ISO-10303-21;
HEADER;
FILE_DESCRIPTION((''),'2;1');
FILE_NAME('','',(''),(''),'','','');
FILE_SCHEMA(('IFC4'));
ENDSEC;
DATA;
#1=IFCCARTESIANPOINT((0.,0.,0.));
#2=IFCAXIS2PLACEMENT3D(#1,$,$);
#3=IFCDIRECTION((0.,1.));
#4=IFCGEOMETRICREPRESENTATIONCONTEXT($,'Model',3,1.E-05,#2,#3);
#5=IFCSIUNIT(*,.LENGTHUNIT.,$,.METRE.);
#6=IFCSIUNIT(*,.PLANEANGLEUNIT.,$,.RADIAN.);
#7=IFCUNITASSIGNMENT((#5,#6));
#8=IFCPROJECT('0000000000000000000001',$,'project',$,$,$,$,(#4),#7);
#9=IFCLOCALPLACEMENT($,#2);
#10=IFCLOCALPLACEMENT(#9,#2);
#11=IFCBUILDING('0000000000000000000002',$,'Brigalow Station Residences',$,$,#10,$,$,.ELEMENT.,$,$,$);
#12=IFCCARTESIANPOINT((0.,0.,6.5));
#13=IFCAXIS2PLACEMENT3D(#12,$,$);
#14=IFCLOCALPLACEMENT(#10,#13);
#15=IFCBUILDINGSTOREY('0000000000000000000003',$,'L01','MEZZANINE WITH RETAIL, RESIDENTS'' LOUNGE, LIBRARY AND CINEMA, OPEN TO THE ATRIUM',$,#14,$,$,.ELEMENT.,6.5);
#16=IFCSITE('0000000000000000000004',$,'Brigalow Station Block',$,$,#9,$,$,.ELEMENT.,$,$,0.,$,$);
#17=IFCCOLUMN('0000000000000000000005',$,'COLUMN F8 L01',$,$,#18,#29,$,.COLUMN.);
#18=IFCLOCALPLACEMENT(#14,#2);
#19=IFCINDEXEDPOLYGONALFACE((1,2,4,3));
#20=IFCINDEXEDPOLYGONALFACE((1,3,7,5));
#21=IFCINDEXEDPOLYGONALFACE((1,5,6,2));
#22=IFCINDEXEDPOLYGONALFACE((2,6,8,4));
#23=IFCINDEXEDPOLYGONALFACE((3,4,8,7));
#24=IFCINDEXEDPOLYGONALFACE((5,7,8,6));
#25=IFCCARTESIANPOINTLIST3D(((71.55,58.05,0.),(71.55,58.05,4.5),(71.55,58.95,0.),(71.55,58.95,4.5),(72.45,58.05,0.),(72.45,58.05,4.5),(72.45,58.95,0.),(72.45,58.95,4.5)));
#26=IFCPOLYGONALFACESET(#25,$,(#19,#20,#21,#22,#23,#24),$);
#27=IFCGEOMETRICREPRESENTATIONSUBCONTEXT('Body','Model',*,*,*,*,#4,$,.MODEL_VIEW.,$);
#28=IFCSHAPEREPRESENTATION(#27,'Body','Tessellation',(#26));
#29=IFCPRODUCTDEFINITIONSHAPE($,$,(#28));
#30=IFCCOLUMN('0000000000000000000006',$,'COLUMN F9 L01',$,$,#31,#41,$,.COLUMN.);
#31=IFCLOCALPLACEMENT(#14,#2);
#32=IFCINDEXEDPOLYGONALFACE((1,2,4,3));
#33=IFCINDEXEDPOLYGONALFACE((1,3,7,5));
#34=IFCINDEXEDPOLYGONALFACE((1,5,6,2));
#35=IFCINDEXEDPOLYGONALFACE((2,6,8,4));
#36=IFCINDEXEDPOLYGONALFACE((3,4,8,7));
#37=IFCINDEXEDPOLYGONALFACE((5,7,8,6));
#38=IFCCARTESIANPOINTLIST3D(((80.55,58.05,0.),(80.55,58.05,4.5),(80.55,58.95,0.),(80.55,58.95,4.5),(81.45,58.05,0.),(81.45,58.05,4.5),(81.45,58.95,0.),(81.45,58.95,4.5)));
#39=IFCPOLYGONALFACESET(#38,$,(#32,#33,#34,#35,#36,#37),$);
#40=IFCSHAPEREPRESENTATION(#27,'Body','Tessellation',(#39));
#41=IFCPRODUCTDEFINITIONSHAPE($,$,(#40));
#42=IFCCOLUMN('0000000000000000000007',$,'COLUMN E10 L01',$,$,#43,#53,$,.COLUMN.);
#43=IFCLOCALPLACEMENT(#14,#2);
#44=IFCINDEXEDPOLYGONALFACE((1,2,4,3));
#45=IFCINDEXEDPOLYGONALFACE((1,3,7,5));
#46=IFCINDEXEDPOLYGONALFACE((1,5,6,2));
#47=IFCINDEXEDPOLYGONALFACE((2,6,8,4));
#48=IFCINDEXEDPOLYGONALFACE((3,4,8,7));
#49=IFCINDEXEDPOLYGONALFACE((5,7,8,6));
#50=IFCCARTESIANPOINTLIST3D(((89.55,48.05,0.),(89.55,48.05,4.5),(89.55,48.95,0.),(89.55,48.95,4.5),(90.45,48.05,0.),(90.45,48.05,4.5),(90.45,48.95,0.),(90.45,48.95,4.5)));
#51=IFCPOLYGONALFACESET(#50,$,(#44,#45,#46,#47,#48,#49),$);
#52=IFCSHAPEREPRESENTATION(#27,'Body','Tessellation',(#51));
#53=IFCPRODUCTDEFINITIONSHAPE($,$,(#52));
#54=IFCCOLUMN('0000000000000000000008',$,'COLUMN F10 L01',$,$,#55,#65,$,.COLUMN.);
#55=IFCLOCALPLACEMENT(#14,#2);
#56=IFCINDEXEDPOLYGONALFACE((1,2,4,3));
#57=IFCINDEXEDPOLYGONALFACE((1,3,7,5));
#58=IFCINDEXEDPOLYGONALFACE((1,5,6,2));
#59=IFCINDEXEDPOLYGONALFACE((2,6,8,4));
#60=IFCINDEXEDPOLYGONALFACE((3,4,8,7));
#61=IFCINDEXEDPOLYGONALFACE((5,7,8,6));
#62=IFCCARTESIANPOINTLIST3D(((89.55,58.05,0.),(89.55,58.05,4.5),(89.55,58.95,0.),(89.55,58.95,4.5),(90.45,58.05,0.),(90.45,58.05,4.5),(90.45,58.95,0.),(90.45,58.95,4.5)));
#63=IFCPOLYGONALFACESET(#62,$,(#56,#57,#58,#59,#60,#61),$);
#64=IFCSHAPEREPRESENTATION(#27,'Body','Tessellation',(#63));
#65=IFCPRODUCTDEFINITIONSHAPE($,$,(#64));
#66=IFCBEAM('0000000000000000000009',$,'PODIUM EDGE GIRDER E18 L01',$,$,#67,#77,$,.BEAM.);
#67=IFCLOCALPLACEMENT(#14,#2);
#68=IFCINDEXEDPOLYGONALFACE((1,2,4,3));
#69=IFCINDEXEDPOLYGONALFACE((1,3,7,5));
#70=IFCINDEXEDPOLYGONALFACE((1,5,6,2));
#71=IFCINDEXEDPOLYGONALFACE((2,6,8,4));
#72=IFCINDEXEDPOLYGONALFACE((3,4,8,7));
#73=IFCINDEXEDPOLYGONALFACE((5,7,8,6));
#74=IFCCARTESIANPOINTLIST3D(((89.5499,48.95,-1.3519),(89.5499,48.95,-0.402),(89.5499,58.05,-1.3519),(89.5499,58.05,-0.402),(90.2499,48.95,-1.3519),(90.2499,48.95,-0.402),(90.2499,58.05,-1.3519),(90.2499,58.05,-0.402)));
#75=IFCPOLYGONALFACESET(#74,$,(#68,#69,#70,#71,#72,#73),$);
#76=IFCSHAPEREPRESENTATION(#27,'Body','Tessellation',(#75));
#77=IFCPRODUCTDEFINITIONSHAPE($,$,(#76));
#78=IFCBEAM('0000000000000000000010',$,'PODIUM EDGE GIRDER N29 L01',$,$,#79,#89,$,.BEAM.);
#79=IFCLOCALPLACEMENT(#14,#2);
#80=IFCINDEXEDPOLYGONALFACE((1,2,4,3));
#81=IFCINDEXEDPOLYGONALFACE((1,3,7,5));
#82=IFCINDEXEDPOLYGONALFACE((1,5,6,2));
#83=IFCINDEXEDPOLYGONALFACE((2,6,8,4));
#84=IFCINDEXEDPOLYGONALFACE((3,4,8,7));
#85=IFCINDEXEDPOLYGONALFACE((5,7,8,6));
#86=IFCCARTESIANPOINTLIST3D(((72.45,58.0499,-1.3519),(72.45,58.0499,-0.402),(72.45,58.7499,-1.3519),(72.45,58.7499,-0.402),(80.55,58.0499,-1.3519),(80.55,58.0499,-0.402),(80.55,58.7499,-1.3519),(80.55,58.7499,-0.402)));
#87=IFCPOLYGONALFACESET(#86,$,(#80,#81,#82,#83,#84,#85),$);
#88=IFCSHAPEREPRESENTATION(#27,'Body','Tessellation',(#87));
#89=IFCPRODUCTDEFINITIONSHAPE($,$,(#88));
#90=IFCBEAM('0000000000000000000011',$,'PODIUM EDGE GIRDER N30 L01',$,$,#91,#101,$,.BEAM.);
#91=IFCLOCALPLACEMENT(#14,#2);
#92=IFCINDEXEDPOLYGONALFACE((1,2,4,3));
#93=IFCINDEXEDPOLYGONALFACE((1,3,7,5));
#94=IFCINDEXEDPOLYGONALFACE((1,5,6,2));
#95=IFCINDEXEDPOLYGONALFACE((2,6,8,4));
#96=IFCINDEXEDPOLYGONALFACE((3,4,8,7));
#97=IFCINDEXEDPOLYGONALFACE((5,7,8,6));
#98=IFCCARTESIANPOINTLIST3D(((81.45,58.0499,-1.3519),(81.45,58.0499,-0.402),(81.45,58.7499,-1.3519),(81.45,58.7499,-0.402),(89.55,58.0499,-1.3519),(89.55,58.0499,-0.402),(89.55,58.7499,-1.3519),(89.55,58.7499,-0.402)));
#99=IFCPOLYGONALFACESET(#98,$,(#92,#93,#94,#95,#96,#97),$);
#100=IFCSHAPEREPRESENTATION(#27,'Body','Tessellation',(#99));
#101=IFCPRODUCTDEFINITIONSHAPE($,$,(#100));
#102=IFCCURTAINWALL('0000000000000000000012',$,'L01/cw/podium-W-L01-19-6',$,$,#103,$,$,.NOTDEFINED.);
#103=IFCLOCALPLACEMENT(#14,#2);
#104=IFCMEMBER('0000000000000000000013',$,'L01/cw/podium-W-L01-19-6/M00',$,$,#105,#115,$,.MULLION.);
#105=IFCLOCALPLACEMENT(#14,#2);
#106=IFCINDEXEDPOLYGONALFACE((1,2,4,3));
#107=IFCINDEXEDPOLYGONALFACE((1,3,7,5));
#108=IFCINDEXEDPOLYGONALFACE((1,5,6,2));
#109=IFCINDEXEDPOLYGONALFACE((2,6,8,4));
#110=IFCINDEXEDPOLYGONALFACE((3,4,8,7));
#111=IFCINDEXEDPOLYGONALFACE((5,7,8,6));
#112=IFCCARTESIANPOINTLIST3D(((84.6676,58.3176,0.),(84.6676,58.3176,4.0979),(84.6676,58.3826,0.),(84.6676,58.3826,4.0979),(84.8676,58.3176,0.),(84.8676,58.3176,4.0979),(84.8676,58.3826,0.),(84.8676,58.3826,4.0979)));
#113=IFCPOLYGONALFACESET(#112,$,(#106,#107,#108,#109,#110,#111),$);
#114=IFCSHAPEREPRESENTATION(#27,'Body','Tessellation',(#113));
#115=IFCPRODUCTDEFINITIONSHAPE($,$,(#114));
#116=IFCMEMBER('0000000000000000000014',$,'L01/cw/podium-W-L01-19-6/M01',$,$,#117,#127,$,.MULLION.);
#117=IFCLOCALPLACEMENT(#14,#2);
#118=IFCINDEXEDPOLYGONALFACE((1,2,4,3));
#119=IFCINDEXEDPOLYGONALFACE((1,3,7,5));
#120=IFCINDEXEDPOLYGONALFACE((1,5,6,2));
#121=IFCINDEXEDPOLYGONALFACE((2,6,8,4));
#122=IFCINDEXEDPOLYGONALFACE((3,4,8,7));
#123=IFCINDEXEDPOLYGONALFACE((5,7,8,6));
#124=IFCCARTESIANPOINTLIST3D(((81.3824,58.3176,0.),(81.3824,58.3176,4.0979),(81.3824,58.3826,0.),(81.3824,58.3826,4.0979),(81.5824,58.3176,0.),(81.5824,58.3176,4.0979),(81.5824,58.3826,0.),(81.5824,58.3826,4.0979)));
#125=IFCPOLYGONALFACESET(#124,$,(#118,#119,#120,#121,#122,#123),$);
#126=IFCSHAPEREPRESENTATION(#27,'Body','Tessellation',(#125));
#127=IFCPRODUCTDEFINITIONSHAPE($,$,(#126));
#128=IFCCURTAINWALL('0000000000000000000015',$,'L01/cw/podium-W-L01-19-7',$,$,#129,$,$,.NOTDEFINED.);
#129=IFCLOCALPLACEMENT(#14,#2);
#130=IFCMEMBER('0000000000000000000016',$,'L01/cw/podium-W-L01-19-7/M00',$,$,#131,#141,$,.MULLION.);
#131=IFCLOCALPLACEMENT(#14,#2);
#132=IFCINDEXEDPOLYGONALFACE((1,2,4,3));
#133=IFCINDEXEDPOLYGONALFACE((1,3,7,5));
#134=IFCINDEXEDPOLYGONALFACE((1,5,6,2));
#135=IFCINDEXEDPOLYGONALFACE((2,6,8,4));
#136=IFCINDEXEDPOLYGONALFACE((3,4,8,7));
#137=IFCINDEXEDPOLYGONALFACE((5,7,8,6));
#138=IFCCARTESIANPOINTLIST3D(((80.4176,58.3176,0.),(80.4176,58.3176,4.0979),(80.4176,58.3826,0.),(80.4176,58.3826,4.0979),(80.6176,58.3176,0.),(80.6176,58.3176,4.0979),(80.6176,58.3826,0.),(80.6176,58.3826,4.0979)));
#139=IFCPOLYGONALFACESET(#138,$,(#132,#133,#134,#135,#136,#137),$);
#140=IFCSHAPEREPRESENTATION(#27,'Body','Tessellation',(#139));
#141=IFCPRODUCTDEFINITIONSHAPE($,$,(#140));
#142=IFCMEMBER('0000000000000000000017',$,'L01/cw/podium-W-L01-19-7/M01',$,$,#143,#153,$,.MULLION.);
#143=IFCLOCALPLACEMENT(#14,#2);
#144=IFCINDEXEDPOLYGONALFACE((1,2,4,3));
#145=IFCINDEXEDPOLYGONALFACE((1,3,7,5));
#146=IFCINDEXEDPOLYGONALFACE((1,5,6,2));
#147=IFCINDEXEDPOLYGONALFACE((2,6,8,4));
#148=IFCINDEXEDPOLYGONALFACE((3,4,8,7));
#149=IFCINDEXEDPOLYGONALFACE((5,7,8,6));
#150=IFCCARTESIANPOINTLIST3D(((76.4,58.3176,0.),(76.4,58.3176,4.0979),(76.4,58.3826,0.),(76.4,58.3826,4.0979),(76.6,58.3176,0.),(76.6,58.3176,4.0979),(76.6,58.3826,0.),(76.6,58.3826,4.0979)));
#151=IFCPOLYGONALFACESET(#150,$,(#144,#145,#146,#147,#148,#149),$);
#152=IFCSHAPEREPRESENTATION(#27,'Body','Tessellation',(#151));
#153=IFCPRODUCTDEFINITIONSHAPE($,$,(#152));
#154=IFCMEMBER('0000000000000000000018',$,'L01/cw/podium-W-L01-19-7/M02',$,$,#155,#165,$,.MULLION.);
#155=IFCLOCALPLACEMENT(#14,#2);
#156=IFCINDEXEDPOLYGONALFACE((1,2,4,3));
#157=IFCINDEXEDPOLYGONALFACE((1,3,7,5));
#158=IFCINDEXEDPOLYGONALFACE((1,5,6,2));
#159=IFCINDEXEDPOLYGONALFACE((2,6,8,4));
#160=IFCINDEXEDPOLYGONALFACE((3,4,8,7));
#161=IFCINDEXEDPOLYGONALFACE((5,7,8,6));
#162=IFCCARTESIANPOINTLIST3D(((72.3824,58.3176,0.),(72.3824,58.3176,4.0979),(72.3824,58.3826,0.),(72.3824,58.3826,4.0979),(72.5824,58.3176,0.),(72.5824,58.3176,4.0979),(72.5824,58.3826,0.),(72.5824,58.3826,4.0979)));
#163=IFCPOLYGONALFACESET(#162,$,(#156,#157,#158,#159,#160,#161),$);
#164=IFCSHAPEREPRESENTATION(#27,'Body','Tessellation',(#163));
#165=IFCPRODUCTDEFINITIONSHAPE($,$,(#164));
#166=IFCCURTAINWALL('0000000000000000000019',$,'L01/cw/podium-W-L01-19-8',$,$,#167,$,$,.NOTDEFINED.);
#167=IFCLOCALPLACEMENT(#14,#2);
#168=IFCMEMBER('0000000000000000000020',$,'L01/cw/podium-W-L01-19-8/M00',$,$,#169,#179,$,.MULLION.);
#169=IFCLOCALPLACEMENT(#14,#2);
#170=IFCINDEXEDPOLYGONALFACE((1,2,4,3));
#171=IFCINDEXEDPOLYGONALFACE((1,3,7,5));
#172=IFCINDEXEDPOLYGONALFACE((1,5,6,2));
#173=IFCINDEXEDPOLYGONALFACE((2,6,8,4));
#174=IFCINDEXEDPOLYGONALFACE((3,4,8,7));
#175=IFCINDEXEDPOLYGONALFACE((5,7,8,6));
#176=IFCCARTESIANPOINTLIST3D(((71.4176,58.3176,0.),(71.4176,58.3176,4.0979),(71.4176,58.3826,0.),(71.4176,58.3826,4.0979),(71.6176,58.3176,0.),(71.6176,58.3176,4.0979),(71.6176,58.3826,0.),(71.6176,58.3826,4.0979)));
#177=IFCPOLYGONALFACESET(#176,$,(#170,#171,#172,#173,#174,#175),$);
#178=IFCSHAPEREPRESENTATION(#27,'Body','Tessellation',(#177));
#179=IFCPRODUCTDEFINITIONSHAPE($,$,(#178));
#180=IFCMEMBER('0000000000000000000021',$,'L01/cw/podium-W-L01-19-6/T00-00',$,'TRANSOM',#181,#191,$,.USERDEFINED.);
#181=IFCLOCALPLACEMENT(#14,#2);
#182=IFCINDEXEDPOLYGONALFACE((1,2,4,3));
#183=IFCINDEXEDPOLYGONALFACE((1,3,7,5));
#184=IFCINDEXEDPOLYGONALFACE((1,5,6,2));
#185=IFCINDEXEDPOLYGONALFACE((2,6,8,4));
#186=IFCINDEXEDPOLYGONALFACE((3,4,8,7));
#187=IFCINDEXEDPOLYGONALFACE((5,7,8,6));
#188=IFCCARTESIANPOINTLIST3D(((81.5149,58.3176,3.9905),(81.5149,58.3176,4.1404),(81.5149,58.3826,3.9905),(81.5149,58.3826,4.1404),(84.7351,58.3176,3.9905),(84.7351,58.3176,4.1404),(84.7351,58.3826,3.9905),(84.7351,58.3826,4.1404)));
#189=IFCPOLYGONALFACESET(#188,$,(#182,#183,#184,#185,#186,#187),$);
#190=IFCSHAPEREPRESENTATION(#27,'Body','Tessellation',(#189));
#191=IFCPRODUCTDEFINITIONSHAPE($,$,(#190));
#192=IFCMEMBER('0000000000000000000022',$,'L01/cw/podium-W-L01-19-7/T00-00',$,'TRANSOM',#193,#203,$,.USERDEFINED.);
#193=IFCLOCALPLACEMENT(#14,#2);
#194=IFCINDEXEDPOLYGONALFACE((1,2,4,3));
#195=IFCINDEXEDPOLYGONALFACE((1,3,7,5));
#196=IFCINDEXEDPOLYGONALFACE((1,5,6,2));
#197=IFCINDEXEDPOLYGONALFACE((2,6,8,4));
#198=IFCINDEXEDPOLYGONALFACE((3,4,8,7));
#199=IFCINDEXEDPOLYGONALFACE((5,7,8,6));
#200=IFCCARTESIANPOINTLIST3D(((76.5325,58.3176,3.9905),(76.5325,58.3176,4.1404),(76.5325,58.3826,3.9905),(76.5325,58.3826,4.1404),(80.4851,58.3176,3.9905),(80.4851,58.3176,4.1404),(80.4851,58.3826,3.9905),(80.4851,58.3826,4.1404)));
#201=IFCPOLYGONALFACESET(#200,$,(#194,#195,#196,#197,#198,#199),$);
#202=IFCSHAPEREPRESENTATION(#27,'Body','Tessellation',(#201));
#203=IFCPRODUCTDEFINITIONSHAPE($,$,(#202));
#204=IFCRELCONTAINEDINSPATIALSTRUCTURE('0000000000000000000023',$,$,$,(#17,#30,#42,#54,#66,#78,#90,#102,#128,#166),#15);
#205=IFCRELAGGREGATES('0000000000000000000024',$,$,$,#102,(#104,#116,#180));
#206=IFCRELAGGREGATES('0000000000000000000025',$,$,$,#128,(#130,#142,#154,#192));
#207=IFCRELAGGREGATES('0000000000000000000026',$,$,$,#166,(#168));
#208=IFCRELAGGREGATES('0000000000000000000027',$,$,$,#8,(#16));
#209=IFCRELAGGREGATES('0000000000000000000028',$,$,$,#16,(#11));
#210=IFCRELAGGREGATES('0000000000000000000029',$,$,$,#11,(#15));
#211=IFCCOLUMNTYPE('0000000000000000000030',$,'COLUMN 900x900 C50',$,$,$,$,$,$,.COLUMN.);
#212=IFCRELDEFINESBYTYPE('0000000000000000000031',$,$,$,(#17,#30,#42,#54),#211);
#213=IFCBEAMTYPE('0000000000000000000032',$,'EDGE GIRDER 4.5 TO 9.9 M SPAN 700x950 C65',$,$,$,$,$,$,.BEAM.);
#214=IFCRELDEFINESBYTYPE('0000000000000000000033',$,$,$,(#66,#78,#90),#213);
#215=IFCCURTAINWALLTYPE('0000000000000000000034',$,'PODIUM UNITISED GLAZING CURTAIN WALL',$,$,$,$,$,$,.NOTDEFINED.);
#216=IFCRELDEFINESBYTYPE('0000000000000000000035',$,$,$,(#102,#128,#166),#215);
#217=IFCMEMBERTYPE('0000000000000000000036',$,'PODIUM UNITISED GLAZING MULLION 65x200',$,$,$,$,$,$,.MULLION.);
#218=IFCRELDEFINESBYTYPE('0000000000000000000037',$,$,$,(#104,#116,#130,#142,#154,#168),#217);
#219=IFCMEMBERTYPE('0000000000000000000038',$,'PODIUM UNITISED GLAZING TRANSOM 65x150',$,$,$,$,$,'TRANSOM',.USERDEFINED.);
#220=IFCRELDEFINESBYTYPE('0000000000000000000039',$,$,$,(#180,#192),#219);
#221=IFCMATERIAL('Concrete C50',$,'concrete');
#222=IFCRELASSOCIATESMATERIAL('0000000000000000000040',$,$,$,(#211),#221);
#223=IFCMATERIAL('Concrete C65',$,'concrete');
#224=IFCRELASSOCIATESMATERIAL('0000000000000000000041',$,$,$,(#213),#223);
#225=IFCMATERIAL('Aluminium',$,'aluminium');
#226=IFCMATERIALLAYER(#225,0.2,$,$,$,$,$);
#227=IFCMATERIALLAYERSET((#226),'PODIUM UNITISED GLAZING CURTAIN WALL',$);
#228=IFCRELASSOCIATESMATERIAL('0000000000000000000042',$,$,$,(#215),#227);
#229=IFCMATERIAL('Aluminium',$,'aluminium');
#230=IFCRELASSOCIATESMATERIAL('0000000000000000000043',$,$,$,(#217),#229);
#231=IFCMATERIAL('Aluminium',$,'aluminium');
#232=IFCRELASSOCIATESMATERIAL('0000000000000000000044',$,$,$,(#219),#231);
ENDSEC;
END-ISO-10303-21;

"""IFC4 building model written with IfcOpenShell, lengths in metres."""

from ifc_helpers import new_model, si_unit, direction, frame, origin, origin_2d, place, context, subcontext, project, spatial, rectangle, extrude, material, layer, layer_set, material_profile, profile_set, type_object, element, aggregate, save


model = new_model("IFC4")

# Units and contexts
model_context = context("Model", 3, precision=1e-05, world=origin(), true_north=direction((0.0, 1.0)))
body_context = subcontext(model_context, "Body", "Model", "MODEL_VIEW")
ifc_project = project(units=[si_unit("LENGTHUNIT", "METRE"), si_unit("PLANEANGLEUNIT", "RADIAN")], contexts=[model_context])

# Site, building, storey
site_placement = place(None, origin())
site = spatial("IfcSite", under=ifc_project, at=site_placement, Name="Brigalow Station Block", CompositionType="ELEMENT", RefElevation=0.0)
building_placement = place(site_placement, origin())
building = spatial("IfcBuilding", under=site, at=building_placement, Name="Brigalow Station Residences", CompositionType="ELEMENT")
storey_placement = place(building_placement, frame((0.0, 0.0, 6.5)))
storey = spatial("IfcBuildingStorey", under=building, at=storey_placement, Name="L01", Description="MEZZANINE WITH RETAIL, RESIDENTS' LOUNGE, LIBRARY AND CINEMA, OPEN TO THE ATRIUM", CompositionType="ELEMENT", Elevation=6.5)

# Columns
ifc_material_1 = material(Name="Concrete C50", Category="concrete")
ifc_material_profile_1 = material_profile(ifc_material_1, rectangle(XDim=0.8999, YDim=0.8999, at=origin_2d()), Name="RC900x900")
ifc_profile_set_1 = profile_set([ifc_material_profile_1], Name="Concrete C50")
column_type = type_object("IfcColumnType", Name="COLUMN 900x900 C50", PredefinedType="COLUMN", material=ifc_profile_set_1)
for number, where, z_axis, x_axis, name in (
    (1, (72.0, 58.5, 0.0), (0.0, 0.0, 1.0), (1.0, 0.0, 0.0), "COLUMN F8 L01"),
    (2, (81.0, 58.5, 0.0), (0.0, 0.0, 1.0), (1.0, 0.0, 0.0), "COLUMN F9 L01"),
    (3, (90.0, 48.5, 0.0), (0.0, 0.0, 1.0), (1.0, 0.0, 0.0), "COLUMN E10 L01"),
    (4, (90.0, 58.5, 0.0), (0.0, 0.0, 1.0), (1.0, 0.0, 0.0), "COLUMN F10 L01"),
):
    element("IfcColumn", number, at=place(storey_placement, frame(where, z_axis=z_axis, x_axis=x_axis)), inside=storey, type_object=column_type, Name=name, PredefinedType="COLUMN", context=body_context, shape_type="SweptSolid", body=[
        extrude(rectangle(XDim=0.8999, YDim=0.8999, at=origin_2d()), origin(), (0.0, 0.0, 1.0), 4.5),
    ])

# Beams
ifc_material_2 = material(Name="Concrete C65", Category="concrete")
ifc_material_profile_2 = material_profile(ifc_material_2, rectangle(XDim=0.7, YDim=0.95, at=origin_2d()), Name="RC700x950")
ifc_profile_set_2 = profile_set([ifc_material_profile_2], Name="Concrete C65")
beam_type = type_object("IfcBeamType", Name="EDGE GIRDER 4.5 TO 9.9 M SPAN 700x950 C65", PredefinedType="BEAM", material=ifc_profile_set_2)
beam_placement = place(storey_placement, frame((89.8999, 48.95, -0.877), z_axis=(0.0, 1.0, 0.0), x_axis=(-1.0, 0.0, 0.0)))
element("IfcBeam", 5, at=beam_placement, inside=storey, type_object=beam_type, Name="PODIUM EDGE GIRDER E18 L01", PredefinedType="BEAM", context=body_context, shape_type="SweptSolid", body=[
    extrude(rectangle(XDim=0.7, YDim=0.95, at=origin_2d()), origin(), (0.0, 0.0, 1.0), 9.1001),
])
for number, where, z_axis, x_axis, name in (
    (6, (72.45, 58.3999, -0.877), (1.0, 0.0, 0.0), (0.0, 1.0, 0.0), "PODIUM EDGE GIRDER N29 L01"),
    (7, (81.45, 58.3999, -0.877), (1.0, 0.0, 0.0), (0.0, 1.0, 0.0), "PODIUM EDGE GIRDER N30 L01"),
):
    element("IfcBeam", number, at=place(storey_placement, frame(where, z_axis=z_axis, x_axis=x_axis)), inside=storey, type_object=beam_type, Name=name, PredefinedType="BEAM", context=body_context, shape_type="SweptSolid", body=[
        extrude(rectangle(XDim=0.7, YDim=0.95, at=origin_2d()), origin(), (0.0, 0.0, 1.0), 8.1001),
    ])

# Curtain walls, members
ifc_material_3 = material(Name="Aluminium", Category="aluminium")
ifc_layer_1 = layer(ifc_material_3, 0.2)
ifc_layer_set_1 = layer_set([ifc_layer_1], Name="PODIUM UNITISED GLAZING CURTAIN WALL")
curtain_wall_type = type_object("IfcCurtainWallType", Name="PODIUM UNITISED GLAZING CURTAIN WALL", PredefinedType="NOTDEFINED", material=ifc_layer_set_1)
curtain_wall_1_placement = place(storey_placement, origin())
curtain_wall_1 = element("IfcCurtainWall", 8, at=curtain_wall_1_placement, inside=storey, type_object=curtain_wall_type, Name="L01/cw/podium-W-L01-19-6", PredefinedType="NOTDEFINED")
ifc_material_4 = material(Name="Aluminium", Category="aluminium")
ifc_material_profile_3 = material_profile(ifc_material_4, rectangle(XDim=0.0649, YDim=0.2, at=origin_2d()), Name="PODIUM UNITISED GLAZING MULLION 65x200")
ifc_profile_set_3 = profile_set([ifc_material_profile_3], Name="Aluminium")
member_type_1 = type_object("IfcMemberType", Name="PODIUM UNITISED GLAZING MULLION 65x200", PredefinedType="MULLION", material=ifc_profile_set_3)
member_1_placement = place(storey_placement, frame((84.7676, 58.3501, 0.0), z_axis=(0.0, 0.0, 1.0), x_axis=(0.0, -1.0, 0.0)))
member_1 = element("IfcMember", 9, at=member_1_placement, type_object=member_type_1, Name="L01/cw/podium-W-L01-19-6/M00", PredefinedType="MULLION", context=body_context, shape_type="SweptSolid", body=[
    extrude(rectangle(XDim=0.0649, YDim=0.2, at=origin_2d()), origin(), (0.0, 0.0, 1.0), 4.0979),
])
member_2_placement = place(storey_placement, frame((81.4824, 58.3501, 0.0), z_axis=(0.0, 0.0, 1.0), x_axis=(0.0, -1.0, 0.0)))
member_2 = element("IfcMember", 10, at=member_2_placement, type_object=member_type_1, Name="L01/cw/podium-W-L01-19-6/M01", PredefinedType="MULLION", context=body_context, shape_type="SweptSolid", body=[
    extrude(rectangle(XDim=0.0649, YDim=0.2, at=origin_2d()), origin(), (0.0, 0.0, 1.0), 4.0979),
])
curtain_wall_2_placement = place(storey_placement, origin())
curtain_wall_2 = element("IfcCurtainWall", 11, at=curtain_wall_2_placement, inside=storey, type_object=curtain_wall_type, Name="L01/cw/podium-W-L01-19-7", PredefinedType="NOTDEFINED")
member_3_placement = place(storey_placement, frame((80.5176, 58.3501, 0.0), z_axis=(0.0, 0.0, 1.0), x_axis=(0.0, -1.0, 0.0)))
member_3 = element("IfcMember", 12, at=member_3_placement, type_object=member_type_1, Name="L01/cw/podium-W-L01-19-7/M00", PredefinedType="MULLION", context=body_context, shape_type="SweptSolid", body=[
    extrude(rectangle(XDim=0.0649, YDim=0.2, at=origin_2d()), origin(), (0.0, 0.0, 1.0), 4.0979),
])
member_4_placement = place(storey_placement, frame((76.5, 58.3501, 0.0), z_axis=(0.0, 0.0, 1.0), x_axis=(0.0, -1.0, 0.0)))
member_4 = element("IfcMember", 13, at=member_4_placement, type_object=member_type_1, Name="L01/cw/podium-W-L01-19-7/M01", PredefinedType="MULLION", context=body_context, shape_type="SweptSolid", body=[
    extrude(rectangle(XDim=0.0649, YDim=0.2, at=origin_2d()), origin(), (0.0, 0.0, 1.0), 4.0979),
])
member_5_placement = place(storey_placement, frame((72.4824, 58.3501, 0.0), z_axis=(0.0, 0.0, 1.0), x_axis=(0.0, -1.0, 0.0)))
member_5 = element("IfcMember", 14, at=member_5_placement, type_object=member_type_1, Name="L01/cw/podium-W-L01-19-7/M02", PredefinedType="MULLION", context=body_context, shape_type="SweptSolid", body=[
    extrude(rectangle(XDim=0.0649, YDim=0.2, at=origin_2d()), origin(), (0.0, 0.0, 1.0), 4.0979),
])

# Curtain wall, member
curtain_wall_3_placement = place(storey_placement, origin())
curtain_wall_3 = element("IfcCurtainWall", 15, at=curtain_wall_3_placement, inside=storey, type_object=curtain_wall_type, Name="L01/cw/podium-W-L01-19-8", PredefinedType="NOTDEFINED")
member_6_placement = place(storey_placement, frame((71.5176, 58.3501, 0.0), z_axis=(0.0, 0.0, 1.0), x_axis=(0.0, -1.0, 0.0)))
member_6 = element("IfcMember", 16, at=member_6_placement, type_object=member_type_1, Name="L01/cw/podium-W-L01-19-8/M00", PredefinedType="MULLION", context=body_context, shape_type="SweptSolid", body=[
    extrude(rectangle(XDim=0.0649, YDim=0.2, at=origin_2d()), origin(), (0.0, 0.0, 1.0), 4.0979),
])

# Members
ifc_material_5 = material(Name="Aluminium", Category="aluminium")
ifc_material_profile_4 = material_profile(ifc_material_5, rectangle(XDim=0.0649, YDim=0.1499, at=origin_2d()), Name="PODIUM UNITISED GLAZING TRANSOM 65x150")
ifc_profile_set_4 = profile_set([ifc_material_profile_4], Name="Aluminium")
member_type_2 = type_object("IfcMemberType", Name="PODIUM UNITISED GLAZING TRANSOM 65x150", ElementType="TRANSOM", PredefinedType="USERDEFINED", material=ifc_profile_set_4)
member_7_placement = place(storey_placement, frame((84.7351, 58.3501, 4.0654), z_axis=(-1.0, 0.0, 0.0), x_axis=(0.0, -1.0, 0.0)))
member_7 = element("IfcMember", 17, at=member_7_placement, type_object=member_type_2, Name="L01/cw/podium-W-L01-19-6/T00-00", ObjectType="TRANSOM", PredefinedType="USERDEFINED", context=body_context, shape_type="SweptSolid", body=[
    extrude(rectangle(XDim=0.0649, YDim=0.1499, at=origin_2d()), origin(), (0.0, 0.0, 1.0), 3.2202),
])
member_8_placement = place(storey_placement, frame((80.4851, 58.3501, 4.0654), z_axis=(-1.0, 0.0, 0.0), x_axis=(0.0, -1.0, 0.0)))
member_8 = element("IfcMember", 18, at=member_8_placement, type_object=member_type_2, Name="L01/cw/podium-W-L01-19-7/T00-00", ObjectType="TRANSOM", PredefinedType="USERDEFINED", context=body_context, shape_type="SweptSolid", body=[
    extrude(rectangle(XDim=0.0649, YDim=0.1499, at=origin_2d()), origin(), (0.0, 0.0, 1.0), 3.9526),
])

aggregate(curtain_wall_1, [member_1, member_2, member_7])
aggregate(curtain_wall_2, [member_3, member_4, member_5, member_8])
aggregate(curtain_wall_3, [member_6])

save(model, "model.ifc")
